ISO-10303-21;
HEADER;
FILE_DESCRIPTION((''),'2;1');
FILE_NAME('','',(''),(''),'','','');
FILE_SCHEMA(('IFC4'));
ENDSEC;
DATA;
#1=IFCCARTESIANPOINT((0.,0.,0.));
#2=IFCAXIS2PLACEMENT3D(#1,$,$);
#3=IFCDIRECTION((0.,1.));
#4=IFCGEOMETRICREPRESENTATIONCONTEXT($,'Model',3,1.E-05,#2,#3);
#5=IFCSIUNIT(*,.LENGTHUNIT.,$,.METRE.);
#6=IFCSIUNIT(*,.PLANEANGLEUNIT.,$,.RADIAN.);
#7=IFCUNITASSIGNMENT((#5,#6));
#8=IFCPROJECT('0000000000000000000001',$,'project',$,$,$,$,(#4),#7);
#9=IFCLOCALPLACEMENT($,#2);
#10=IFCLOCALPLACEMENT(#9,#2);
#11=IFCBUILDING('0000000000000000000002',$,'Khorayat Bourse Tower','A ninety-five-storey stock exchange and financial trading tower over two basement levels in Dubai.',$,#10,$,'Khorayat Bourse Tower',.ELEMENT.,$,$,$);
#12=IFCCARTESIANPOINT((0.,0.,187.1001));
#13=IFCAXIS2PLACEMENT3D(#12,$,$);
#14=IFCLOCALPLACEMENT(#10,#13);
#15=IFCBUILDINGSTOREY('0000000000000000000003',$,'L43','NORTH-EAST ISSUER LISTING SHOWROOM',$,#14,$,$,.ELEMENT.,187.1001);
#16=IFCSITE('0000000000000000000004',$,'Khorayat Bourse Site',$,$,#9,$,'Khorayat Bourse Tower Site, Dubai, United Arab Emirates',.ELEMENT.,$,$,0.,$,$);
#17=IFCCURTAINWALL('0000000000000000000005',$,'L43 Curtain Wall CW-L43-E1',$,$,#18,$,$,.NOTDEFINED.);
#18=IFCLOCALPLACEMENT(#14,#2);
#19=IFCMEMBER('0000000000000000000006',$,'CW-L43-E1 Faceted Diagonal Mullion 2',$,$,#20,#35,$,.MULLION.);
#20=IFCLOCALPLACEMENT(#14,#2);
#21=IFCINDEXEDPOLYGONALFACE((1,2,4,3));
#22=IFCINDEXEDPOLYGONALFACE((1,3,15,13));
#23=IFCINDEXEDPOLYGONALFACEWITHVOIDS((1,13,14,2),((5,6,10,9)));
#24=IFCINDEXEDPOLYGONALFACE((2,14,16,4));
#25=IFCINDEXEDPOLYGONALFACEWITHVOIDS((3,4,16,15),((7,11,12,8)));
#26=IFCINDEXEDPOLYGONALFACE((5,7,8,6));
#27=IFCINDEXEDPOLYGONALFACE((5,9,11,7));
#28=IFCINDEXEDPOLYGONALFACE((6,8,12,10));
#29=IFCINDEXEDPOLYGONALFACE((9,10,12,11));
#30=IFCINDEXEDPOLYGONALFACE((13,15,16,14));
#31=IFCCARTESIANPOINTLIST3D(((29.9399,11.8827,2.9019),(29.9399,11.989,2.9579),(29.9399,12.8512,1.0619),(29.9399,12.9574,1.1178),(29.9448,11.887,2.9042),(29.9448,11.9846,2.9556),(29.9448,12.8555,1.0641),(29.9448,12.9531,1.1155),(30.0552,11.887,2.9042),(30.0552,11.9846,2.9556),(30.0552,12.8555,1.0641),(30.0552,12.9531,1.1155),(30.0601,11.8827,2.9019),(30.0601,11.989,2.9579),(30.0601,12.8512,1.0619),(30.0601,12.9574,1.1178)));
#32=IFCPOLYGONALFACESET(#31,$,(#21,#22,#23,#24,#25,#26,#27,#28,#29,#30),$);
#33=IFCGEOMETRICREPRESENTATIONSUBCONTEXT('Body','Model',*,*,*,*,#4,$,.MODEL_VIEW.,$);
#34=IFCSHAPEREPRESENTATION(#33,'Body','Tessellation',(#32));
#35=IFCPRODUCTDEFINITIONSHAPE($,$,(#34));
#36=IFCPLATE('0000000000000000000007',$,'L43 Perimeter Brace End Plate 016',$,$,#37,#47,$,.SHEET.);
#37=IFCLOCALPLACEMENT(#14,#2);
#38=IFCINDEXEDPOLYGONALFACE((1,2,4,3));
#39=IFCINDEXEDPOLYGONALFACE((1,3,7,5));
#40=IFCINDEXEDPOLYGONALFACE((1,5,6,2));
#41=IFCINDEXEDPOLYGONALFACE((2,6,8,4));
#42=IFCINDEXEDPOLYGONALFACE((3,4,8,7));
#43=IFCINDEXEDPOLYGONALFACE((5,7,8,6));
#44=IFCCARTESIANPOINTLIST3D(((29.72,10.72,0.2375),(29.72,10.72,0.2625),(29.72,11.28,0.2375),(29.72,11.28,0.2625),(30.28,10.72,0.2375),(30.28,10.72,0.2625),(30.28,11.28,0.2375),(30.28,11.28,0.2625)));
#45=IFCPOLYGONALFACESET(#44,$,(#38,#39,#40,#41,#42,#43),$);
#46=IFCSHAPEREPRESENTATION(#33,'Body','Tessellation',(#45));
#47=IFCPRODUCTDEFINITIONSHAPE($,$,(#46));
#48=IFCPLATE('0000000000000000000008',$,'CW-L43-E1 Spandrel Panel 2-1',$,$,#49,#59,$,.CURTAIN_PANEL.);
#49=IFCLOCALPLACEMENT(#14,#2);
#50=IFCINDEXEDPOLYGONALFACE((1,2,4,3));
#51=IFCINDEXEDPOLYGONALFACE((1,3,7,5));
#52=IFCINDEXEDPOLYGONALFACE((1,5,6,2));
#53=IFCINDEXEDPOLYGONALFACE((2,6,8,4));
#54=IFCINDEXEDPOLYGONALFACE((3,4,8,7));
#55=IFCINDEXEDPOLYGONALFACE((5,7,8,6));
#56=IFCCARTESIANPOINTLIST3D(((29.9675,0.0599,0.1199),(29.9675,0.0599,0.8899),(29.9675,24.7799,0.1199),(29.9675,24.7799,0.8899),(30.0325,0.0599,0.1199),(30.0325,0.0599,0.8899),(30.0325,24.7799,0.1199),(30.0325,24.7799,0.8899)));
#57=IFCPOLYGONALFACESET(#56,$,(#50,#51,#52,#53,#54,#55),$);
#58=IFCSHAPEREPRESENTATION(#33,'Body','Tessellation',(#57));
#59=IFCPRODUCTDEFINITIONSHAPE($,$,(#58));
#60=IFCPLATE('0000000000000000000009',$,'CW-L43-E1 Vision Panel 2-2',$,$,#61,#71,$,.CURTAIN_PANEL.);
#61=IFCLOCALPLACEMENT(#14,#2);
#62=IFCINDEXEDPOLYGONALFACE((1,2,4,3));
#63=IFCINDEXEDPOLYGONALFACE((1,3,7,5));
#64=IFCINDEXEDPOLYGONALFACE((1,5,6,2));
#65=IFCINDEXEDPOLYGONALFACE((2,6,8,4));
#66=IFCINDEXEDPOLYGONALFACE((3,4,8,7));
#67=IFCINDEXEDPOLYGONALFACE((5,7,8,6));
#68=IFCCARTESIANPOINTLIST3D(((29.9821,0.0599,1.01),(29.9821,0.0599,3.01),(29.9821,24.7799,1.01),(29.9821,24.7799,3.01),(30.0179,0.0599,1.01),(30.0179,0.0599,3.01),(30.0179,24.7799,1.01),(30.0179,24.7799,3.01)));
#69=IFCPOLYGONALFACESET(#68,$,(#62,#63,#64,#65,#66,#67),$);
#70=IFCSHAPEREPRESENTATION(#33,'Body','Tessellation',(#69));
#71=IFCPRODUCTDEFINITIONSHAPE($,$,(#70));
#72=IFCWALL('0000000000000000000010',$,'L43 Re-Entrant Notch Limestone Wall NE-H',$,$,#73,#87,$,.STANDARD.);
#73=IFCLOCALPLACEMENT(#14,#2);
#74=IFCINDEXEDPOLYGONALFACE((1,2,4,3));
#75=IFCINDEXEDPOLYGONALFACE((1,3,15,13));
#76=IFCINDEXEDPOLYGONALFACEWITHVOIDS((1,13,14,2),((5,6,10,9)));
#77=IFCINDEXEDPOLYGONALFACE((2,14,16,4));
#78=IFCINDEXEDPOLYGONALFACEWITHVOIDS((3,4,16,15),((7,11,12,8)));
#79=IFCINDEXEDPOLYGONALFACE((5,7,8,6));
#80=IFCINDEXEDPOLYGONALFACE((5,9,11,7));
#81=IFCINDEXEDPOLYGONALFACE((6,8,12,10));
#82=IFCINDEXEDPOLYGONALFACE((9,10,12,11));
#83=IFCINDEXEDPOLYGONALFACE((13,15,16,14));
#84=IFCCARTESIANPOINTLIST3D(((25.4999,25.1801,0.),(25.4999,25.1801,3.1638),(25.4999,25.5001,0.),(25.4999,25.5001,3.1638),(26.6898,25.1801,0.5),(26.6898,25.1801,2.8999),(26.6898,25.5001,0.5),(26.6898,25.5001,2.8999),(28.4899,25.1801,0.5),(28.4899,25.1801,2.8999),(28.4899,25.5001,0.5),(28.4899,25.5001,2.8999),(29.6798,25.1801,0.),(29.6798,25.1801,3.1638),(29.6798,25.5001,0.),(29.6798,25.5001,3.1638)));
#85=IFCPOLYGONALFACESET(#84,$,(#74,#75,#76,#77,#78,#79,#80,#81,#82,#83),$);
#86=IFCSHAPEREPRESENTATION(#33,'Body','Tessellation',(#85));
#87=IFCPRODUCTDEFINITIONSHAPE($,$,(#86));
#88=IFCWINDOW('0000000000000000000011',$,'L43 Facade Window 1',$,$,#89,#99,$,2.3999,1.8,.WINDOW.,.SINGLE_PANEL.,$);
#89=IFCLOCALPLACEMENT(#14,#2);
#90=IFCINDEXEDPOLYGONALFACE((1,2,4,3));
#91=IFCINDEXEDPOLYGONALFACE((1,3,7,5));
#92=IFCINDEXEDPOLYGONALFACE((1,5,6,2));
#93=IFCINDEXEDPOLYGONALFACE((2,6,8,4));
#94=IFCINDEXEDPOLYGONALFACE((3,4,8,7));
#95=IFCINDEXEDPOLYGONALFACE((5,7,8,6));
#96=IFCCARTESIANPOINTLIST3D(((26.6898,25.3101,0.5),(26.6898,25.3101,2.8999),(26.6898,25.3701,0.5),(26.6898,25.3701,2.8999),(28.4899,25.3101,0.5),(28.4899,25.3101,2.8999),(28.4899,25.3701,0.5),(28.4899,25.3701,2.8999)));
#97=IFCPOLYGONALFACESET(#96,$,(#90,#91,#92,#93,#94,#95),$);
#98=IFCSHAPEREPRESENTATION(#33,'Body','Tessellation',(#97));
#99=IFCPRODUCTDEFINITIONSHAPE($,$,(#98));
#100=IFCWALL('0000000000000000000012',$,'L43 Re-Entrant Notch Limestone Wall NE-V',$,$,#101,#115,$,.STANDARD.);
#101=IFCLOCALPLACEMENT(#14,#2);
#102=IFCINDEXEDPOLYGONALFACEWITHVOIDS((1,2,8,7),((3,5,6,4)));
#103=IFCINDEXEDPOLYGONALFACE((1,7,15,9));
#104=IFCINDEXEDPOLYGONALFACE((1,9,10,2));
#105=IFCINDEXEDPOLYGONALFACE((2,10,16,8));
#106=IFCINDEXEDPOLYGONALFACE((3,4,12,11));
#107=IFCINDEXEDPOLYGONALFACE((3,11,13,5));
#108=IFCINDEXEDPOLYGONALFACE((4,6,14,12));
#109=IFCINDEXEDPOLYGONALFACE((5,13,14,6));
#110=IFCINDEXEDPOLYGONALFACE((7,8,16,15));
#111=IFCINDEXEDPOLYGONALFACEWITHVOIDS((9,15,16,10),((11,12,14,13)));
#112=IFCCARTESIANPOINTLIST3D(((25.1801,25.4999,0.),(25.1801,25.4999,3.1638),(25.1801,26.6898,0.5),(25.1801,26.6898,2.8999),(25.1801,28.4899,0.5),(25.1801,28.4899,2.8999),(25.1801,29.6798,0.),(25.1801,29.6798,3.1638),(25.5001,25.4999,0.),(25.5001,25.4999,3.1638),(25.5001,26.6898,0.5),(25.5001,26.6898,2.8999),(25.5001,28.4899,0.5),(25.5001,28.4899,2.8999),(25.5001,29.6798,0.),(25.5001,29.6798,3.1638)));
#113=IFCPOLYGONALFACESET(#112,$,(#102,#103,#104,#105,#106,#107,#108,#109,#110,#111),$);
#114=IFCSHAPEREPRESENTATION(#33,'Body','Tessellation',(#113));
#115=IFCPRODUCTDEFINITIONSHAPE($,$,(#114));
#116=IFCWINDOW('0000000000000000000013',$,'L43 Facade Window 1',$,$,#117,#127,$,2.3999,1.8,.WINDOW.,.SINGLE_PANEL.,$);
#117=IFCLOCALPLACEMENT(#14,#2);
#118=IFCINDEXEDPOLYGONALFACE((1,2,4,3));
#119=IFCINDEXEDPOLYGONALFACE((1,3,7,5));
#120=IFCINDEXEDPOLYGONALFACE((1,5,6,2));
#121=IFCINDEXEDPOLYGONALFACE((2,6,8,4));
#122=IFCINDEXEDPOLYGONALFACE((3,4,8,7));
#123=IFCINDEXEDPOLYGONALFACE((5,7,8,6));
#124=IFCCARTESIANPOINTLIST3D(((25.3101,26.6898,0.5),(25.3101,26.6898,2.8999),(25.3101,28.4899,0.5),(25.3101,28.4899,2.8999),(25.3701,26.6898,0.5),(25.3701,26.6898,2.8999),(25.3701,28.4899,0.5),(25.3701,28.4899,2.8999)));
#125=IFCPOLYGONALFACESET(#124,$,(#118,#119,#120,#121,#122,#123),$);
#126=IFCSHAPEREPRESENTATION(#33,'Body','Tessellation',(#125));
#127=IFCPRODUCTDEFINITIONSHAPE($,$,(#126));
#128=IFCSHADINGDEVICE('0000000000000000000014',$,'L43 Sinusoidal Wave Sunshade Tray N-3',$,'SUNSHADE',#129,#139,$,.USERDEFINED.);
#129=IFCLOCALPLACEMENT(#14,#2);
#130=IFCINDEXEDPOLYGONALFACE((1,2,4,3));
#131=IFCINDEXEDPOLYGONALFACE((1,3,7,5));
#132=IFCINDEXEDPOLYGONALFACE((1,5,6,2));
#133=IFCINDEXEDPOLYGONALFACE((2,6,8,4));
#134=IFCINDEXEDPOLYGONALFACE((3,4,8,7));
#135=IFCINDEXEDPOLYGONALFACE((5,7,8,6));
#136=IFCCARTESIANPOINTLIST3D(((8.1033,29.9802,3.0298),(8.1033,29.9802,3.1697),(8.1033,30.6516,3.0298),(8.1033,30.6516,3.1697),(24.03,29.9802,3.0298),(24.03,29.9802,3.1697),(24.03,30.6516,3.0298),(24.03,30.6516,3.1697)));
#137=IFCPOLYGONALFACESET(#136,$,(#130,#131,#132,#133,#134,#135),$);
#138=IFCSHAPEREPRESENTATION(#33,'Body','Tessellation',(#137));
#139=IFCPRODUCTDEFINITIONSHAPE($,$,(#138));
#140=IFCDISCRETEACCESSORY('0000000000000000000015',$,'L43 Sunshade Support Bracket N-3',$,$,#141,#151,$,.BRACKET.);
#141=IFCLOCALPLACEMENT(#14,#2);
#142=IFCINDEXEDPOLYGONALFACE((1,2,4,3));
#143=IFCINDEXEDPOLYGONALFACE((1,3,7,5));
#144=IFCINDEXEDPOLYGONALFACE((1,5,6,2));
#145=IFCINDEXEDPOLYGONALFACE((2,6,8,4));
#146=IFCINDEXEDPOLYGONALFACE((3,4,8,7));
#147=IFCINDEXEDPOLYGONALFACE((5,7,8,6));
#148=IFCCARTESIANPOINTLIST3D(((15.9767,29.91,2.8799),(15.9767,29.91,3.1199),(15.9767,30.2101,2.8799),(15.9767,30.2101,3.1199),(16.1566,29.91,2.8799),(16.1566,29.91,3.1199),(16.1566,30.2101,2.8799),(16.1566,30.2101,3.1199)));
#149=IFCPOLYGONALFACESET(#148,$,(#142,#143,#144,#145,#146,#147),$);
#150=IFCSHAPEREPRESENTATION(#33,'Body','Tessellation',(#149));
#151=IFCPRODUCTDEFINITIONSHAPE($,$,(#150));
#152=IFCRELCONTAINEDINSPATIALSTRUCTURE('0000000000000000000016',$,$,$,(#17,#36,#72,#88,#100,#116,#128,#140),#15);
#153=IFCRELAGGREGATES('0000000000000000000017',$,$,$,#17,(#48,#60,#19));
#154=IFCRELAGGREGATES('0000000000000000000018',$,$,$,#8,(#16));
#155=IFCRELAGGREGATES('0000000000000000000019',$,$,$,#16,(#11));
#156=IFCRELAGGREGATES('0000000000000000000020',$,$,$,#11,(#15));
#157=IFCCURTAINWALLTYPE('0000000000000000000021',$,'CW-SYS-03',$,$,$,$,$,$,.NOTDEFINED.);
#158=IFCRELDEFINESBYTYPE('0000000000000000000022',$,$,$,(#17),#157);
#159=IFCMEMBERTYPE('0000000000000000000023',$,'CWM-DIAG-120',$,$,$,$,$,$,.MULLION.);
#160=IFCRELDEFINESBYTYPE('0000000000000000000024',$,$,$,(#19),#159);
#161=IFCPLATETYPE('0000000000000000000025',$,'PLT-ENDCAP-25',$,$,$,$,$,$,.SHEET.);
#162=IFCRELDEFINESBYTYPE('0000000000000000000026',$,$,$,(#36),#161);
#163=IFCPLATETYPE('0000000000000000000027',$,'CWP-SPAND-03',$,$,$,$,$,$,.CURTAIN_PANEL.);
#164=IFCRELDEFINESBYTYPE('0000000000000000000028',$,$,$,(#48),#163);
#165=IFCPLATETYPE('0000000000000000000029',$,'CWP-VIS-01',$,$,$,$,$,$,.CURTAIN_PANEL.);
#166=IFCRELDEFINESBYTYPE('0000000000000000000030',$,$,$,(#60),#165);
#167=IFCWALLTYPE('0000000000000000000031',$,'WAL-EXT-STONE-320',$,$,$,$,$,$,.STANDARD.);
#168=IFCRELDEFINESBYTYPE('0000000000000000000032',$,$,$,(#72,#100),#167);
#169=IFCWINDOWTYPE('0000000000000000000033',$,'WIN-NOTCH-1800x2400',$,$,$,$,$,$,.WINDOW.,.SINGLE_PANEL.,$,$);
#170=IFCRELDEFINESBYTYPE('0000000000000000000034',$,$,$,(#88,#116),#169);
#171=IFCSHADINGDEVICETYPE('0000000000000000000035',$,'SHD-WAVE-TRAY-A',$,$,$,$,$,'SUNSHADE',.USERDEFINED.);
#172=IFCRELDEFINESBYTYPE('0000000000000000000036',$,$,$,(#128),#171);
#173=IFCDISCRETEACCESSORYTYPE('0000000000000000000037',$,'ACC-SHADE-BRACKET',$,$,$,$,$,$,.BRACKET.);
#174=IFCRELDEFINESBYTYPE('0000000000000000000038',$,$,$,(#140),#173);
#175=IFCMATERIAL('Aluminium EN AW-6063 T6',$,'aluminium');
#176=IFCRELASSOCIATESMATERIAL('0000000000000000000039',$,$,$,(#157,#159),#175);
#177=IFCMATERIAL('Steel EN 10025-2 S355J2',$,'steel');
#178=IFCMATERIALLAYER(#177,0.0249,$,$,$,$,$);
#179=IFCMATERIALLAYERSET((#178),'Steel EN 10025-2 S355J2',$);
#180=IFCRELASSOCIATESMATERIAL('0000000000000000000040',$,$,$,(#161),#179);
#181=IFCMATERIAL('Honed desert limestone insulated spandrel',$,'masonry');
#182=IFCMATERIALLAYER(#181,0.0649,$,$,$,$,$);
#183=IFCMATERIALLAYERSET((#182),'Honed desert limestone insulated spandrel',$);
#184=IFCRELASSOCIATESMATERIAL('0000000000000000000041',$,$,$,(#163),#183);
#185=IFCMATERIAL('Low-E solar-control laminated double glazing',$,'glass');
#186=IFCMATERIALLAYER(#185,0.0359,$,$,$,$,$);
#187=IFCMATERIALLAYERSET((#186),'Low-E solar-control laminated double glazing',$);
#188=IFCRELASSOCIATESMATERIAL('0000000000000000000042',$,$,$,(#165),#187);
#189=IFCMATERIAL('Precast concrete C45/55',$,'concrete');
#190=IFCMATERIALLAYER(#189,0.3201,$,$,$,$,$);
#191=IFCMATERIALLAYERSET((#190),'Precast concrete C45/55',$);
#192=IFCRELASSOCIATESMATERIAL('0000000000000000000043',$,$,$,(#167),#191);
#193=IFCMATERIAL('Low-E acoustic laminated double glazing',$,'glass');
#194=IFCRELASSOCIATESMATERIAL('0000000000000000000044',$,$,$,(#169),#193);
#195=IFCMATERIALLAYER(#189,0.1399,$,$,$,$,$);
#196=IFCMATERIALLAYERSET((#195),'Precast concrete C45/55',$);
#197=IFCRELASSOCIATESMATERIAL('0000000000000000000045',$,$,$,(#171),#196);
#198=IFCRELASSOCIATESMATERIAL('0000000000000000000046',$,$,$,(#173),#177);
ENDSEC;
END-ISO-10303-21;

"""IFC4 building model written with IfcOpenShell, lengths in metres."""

from ifc_helpers import new_model, si_unit, direction, frame, frame_2d, origin, origin_2d, place, context, subcontext, project, spatial, rectangle, hollow_rectangle, extrude, source, transform, mapped, material, layer, layer_set, material_profile, profile_set, type_object, element, fill, aggregate, save


model = new_model("IFC4")

# Units and contexts
model_context = context("Model", 3, precision=1e-05, world=origin(), true_north=direction((0.0, 1.0)))
body_context = subcontext(model_context, "Body", "Model", "MODEL_VIEW")
ifc_project = project(units=[si_unit("LENGTHUNIT", "METRE"), si_unit("PLANEANGLEUNIT", "RADIAN")], contexts=[model_context])

# Site, building, storey
site_placement = place(None, origin())
site = spatial("IfcSite", under=ifc_project, at=site_placement, Name="Khorayat Bourse Site", LongName="Khorayat Bourse Tower Site, Dubai, United Arab Emirates", CompositionType="ELEMENT", RefElevation=0.0)
building_placement = place(site_placement, origin())
building = spatial("IfcBuilding", under=site, at=building_placement, Name="Khorayat Bourse Tower", Description="A ninety-five-storey stock exchange and financial trading tower over two basement levels in Dubai.", LongName="Khorayat Bourse Tower", CompositionType="ELEMENT")
storey_placement = place(building_placement, frame((0.0, 0.0, 187.1001)))
storey = spatial("IfcBuildingStorey", under=building, at=storey_placement, Name="L43", Description="NORTH-EAST ISSUER LISTING SHOWROOM", CompositionType="ELEMENT", Elevation=187.1001)

# Shared definitions
ifc_material_1 = material(Name="Aluminium EN AW-6063 T6", Category="aluminium")
curtain_wall_type = type_object("IfcCurtainWallType", Name="CW-SYS-03", PredefinedType="NOTDEFINED", material=ifc_material_1)

# Curtain wall, member
curtain_wall_1_placement = place(storey_placement, origin())
curtain_wall_1 = element("IfcCurtainWall", 1, at=curtain_wall_1_placement, inside=storey, type_object=curtain_wall_type, Name="L43 Curtain Wall CW-L43-E1", PredefinedType="NOTDEFINED")
ifc_material_profile_1 = material_profile(ifc_material_1, hollow_rectangle(XDim=0.1201, YDim=0.1201, WallThickness=0.0049, at=origin_2d()), Name="ALU 120x120x5")
ifc_profile_set_1 = profile_set([ifc_material_profile_1], Name="Aluminium EN AW-6063 T6")
member_type_1 = type_object("IfcMemberType", Name="CWM-DIAG-120", PredefinedType="MULLION", material=ifc_profile_set_1)
shared_shape_1 = source(origin(), body_context, "Body", "SweptSolid", [
    extrude(hollow_rectangle(XDim=0.1201, YDim=0.1201, WallThickness=0.0049, at=origin_2d()), origin(), (0.0, 0.0, 1.0), 2.0793),
])
member_1_placement = place(storey_placement, frame((30.0, 12.9043, 1.0898), z_axis=(0.0, -0.465761, 0.884911), x_axis=(1.0, 0.0, 0.0)))
member_1 = element("IfcMember", 2, at=member_1_placement, type_object=member_type_1, Name="CW-L43-E1 Faceted Diagonal Mullion 2", PredefinedType="MULLION", context=body_context, shape_type="MappedRepresentation", body=[
    mapped(shared_shape_1, transform((0.0, 0.0, 0.0), scale=1.0)),
])

# Plates
ifc_material_2 = material(Name="Steel EN 10025-2 S355J2", Category="steel")
ifc_layer_1 = layer(ifc_material_2, 0.0249)
ifc_layer_set_1 = layer_set([ifc_layer_1], Name="Steel EN 10025-2 S355J2")
plate_type_1 = type_object("IfcPlateType", Name="PLT-ENDCAP-25", PredefinedType="SHEET", material=ifc_layer_set_1)
shared_shape_2 = source(origin(), body_context, "Body", "SweptSolid", [
    extrude(rectangle(XDim=0.5601, YDim=0.5601, at=origin_2d()), origin(), (0.0, 0.0, 1.0), 0.0249),
])
plate_1_placement = place(storey_placement, frame((30.0, 11.0, 0.2375), z_axis=(0.0, 0.0, 1.0), x_axis=(1.0, 0.0, 0.0)))
element("IfcPlate", 3, at=plate_1_placement, inside=storey, type_object=plate_type_1, Name="L43 Perimeter Brace End Plate 016", PredefinedType="SHEET", context=body_context, shape_type="MappedRepresentation", body=[
    mapped(shared_shape_2, transform((0.0, 0.0, 0.0), scale=1.0)),
])
ifc_material_3 = material(Name="Honed desert limestone insulated spandrel", Category="masonry")
ifc_layer_2 = layer(ifc_material_3, 0.0649)
ifc_layer_set_2 = layer_set([ifc_layer_2], Name="Honed desert limestone insulated spandrel")
plate_type_2 = type_object("IfcPlateType", Name="CWP-SPAND-03", PredefinedType="CURTAIN_PANEL", material=ifc_layer_set_2)
shared_shape_3 = source(origin(), body_context, "Body", "SweptSolid", [
    extrude(rectangle(XDim=24.72, YDim=0.0649, at=origin_2d()), origin(), (0.0, 0.0, 1.0), 0.77),
])
plate_2_placement = place(storey_placement, frame((30.0, 12.4199, 0.1199), z_axis=(0.0, 0.0, 1.0), x_axis=(0.0, 1.0, 0.0)))
plate_2 = element("IfcPlate", 4, at=plate_2_placement, type_object=plate_type_2, Name="CW-L43-E1 Spandrel Panel 2-1", PredefinedType="CURTAIN_PANEL", context=body_context, shape_type="MappedRepresentation", body=[
    mapped(shared_shape_3, transform((0.0, 0.0, 0.0), scale=1.0)),
])
ifc_material_4 = material(Name="Low-E solar-control laminated double glazing", Category="glass")
ifc_layer_3 = layer(ifc_material_4, 0.0359)
ifc_layer_set_3 = layer_set([ifc_layer_3], Name="Low-E solar-control laminated double glazing")
plate_type_3 = type_object("IfcPlateType", Name="CWP-VIS-01", PredefinedType="CURTAIN_PANEL", material=ifc_layer_set_3)
shared_shape_4 = source(origin(), body_context, "Body", "SweptSolid", [
    extrude(rectangle(XDim=24.72, YDim=0.0359, at=origin_2d()), origin(), (0.0, 0.0, 1.0), 2.0),
])
plate_3_placement = place(storey_placement, frame((30.0, 12.4199, 1.01), z_axis=(0.0, 0.0, 1.0), x_axis=(0.0, 1.0, 0.0)))
plate_3 = element("IfcPlate", 5, at=plate_3_placement, type_object=plate_type_3, Name="CW-L43-E1 Vision Panel 2-2", PredefinedType="CURTAIN_PANEL", context=body_context, shape_type="MappedRepresentation", body=[
    mapped(shared_shape_4, transform((0.0, 0.0, 0.0), scale=1.0)),
])
aggregate(curtain_wall_1, [plate_2, plate_3, member_1])

# Walls, openings, windows
ifc_material_5 = material(Name="Precast concrete C45/55", Category="concrete")
ifc_layer_4 = layer(ifc_material_5, 0.3201)
ifc_layer_set_4 = layer_set([ifc_layer_4], Name="Precast concrete C45/55")
wall_type = type_object("IfcWallType", Name="WAL-EXT-STONE-320", PredefinedType="STANDARD", material=ifc_layer_set_4)
shared_shape_5 = source(origin(), body_context, "Body", "SweptSolid", [
    extrude(rectangle(XDim=4.1799, YDim=0.3201, at=frame_2d((2.0898, 0.0))), origin(), (0.0, 0.0, 1.0), 3.1638),
])
wall_1_placement = place(storey_placement, frame((25.5, 25.3401, 0.0), z_axis=(0.0, 0.0, 1.0), x_axis=(1.0, 0.0, 0.0)))
wall_1 = element("IfcWall", 6, at=wall_1_placement, inside=storey, type_object=wall_type, Name="L43 Re-Entrant Notch Limestone Wall NE-H", PredefinedType="STANDARD", context=body_context, shape_type="MappedRepresentation", body=[
    mapped(shared_shape_5, transform((0.0, 0.0, 0.0), scale=1.0)),
])
shared_shape_6 = source(origin(), body_context, "Body", "SweptSolid", [
    extrude(rectangle(XDim=1.8, YDim=2.3999, at=frame_2d((0.8999, 1.2))), frame((0.0, 0.1699, 0.0), z_axis=(0.0, -1.0, 0.0), x_axis=(1.0, 0.0, 0.0)), (0.0, 0.0, 1.0), 0.3401),
])
opening_1_placement = place(wall_1_placement, frame((1.1899, 0.0, 0.5)))
opening_1 = element("IfcOpeningElement", 7, at=opening_1_placement, cuts=wall_1, PredefinedType="OPENING", context=body_context, shape_type="MappedRepresentation", body=[
    mapped(shared_shape_6, transform((0.0, 0.0, 0.0), scale=1.0)),
])
ifc_material_6 = material(Name="Low-E acoustic laminated double glazing", Category="glass")
window_type = type_object("IfcWindowType", Name="WIN-NOTCH-1800x2400", PartitioningType="SINGLE_PANEL", PredefinedType="WINDOW", material=ifc_material_6)
shared_shape_7 = source(origin(), body_context, "Body", "SweptSolid", [
    extrude(rectangle(XDim=1.8, YDim=2.3999, at=frame_2d((0.8999, 1.2))), frame((0.0, 0.03, 0.0), z_axis=(0.0, -1.0, 0.0), x_axis=(1.0, 0.0, 0.0)), (0.0, 0.0, 1.0), 0.0601),
])
window_1_placement = place(opening_1_placement, origin())
window_1 = element("IfcWindow", 8, at=window_1_placement, inside=storey, type_object=window_type, Name="L43 Facade Window 1", OverallHeight=2.3999, OverallWidth=1.8, PartitioningType="SINGLE_PANEL", PredefinedType="WINDOW", context=body_context, shape_type="MappedRepresentation", body=[
    mapped(shared_shape_7, transform((0.0, 0.0, 0.0), scale=1.0)),
])
fill(opening_1, window_1)
wall_2_placement = place(storey_placement, frame((25.3401, 25.5, 0.0), z_axis=(0.0, 0.0, 1.0), x_axis=(0.0, 1.0, 0.0)))
wall_2 = element("IfcWall", 9, at=wall_2_placement, inside=storey, type_object=wall_type, Name="L43 Re-Entrant Notch Limestone Wall NE-V", PredefinedType="STANDARD", context=body_context, shape_type="MappedRepresentation", body=[
    mapped(shared_shape_5, transform((0.0, 0.0, 0.0), scale=1.0)),
])
opening_2_placement = place(wall_2_placement, frame((1.1899, 0.0, 0.5)))
opening_2 = element("IfcOpeningElement", 10, at=opening_2_placement, cuts=wall_2, PredefinedType="OPENING", context=body_context, shape_type="MappedRepresentation", body=[
    mapped(shared_shape_6, transform((0.0, 0.0, 0.0), scale=1.0)),
])
window_2_placement = place(opening_2_placement, origin())
window_2 = element("IfcWindow", 11, at=window_2_placement, inside=storey, type_object=window_type, Name="L43 Facade Window 1", OverallHeight=2.3999, OverallWidth=1.8, PartitioningType="SINGLE_PANEL", PredefinedType="WINDOW", context=body_context, shape_type="MappedRepresentation", body=[
    mapped(shared_shape_7, transform((0.0, 0.0, 0.0), scale=1.0)),
])
fill(opening_2, window_2)

# Shading device
ifc_layer_5 = layer(ifc_material_5, 0.1399)
ifc_layer_set_5 = layer_set([ifc_layer_5], Name="Precast concrete C45/55")
shading_device_type = type_object("IfcShadingDeviceType", Name="SHD-WAVE-TRAY-A", ElementType="SUNSHADE", PredefinedType="USERDEFINED", material=ifc_layer_set_5)
shared_shape_8 = source(origin(), body_context, "Body", "SweptSolid", [
    extrude(rectangle(XDim=15.9268, YDim=0.6714, at=origin_2d()), origin(), (0.0, 0.0, 1.0), 0.1399),
])
shading_device_placement = place(storey_placement, frame((16.0667, 30.3159, 3.0298), z_axis=(0.0, 0.0, 1.0), x_axis=(1.0, 0.0, 0.0)))
element("IfcShadingDevice", 12, at=shading_device_placement, inside=storey, type_object=shading_device_type, Name="L43 Sinusoidal Wave Sunshade Tray N-3", ObjectType="SUNSHADE", PredefinedType="USERDEFINED", context=body_context, shape_type="MappedRepresentation", body=[
    mapped(shared_shape_8, transform((0.0, 0.0, 0.0), scale=1.0)),
])

# Discrete accessory
discrete_accessory_type = type_object("IfcDiscreteAccessoryType", Name="ACC-SHADE-BRACKET", PredefinedType="BRACKET", material=ifc_material_2)
shared_shape_9 = source(origin(), body_context, "Body", "SweptSolid", [
    extrude(rectangle(XDim=0.1799, YDim=0.3, at=origin_2d()), origin(), (0.0, 0.0, 1.0), 0.24),
])
discrete_accessory_placement = place(storey_placement, frame((16.0667, 30.0601, 2.8799), z_axis=(0.0, 0.0, 1.0), x_axis=(1.0, 0.0, 0.0)))
element("IfcDiscreteAccessory", 13, at=discrete_accessory_placement, inside=storey, type_object=discrete_accessory_type, Name="L43 Sunshade Support Bracket N-3", PredefinedType="BRACKET", context=body_context, shape_type="MappedRepresentation", body=[
    mapped(shared_shape_9, transform((0.0, 0.0, 0.0), scale=1.0)),
])

save(model, "model.ifc")
